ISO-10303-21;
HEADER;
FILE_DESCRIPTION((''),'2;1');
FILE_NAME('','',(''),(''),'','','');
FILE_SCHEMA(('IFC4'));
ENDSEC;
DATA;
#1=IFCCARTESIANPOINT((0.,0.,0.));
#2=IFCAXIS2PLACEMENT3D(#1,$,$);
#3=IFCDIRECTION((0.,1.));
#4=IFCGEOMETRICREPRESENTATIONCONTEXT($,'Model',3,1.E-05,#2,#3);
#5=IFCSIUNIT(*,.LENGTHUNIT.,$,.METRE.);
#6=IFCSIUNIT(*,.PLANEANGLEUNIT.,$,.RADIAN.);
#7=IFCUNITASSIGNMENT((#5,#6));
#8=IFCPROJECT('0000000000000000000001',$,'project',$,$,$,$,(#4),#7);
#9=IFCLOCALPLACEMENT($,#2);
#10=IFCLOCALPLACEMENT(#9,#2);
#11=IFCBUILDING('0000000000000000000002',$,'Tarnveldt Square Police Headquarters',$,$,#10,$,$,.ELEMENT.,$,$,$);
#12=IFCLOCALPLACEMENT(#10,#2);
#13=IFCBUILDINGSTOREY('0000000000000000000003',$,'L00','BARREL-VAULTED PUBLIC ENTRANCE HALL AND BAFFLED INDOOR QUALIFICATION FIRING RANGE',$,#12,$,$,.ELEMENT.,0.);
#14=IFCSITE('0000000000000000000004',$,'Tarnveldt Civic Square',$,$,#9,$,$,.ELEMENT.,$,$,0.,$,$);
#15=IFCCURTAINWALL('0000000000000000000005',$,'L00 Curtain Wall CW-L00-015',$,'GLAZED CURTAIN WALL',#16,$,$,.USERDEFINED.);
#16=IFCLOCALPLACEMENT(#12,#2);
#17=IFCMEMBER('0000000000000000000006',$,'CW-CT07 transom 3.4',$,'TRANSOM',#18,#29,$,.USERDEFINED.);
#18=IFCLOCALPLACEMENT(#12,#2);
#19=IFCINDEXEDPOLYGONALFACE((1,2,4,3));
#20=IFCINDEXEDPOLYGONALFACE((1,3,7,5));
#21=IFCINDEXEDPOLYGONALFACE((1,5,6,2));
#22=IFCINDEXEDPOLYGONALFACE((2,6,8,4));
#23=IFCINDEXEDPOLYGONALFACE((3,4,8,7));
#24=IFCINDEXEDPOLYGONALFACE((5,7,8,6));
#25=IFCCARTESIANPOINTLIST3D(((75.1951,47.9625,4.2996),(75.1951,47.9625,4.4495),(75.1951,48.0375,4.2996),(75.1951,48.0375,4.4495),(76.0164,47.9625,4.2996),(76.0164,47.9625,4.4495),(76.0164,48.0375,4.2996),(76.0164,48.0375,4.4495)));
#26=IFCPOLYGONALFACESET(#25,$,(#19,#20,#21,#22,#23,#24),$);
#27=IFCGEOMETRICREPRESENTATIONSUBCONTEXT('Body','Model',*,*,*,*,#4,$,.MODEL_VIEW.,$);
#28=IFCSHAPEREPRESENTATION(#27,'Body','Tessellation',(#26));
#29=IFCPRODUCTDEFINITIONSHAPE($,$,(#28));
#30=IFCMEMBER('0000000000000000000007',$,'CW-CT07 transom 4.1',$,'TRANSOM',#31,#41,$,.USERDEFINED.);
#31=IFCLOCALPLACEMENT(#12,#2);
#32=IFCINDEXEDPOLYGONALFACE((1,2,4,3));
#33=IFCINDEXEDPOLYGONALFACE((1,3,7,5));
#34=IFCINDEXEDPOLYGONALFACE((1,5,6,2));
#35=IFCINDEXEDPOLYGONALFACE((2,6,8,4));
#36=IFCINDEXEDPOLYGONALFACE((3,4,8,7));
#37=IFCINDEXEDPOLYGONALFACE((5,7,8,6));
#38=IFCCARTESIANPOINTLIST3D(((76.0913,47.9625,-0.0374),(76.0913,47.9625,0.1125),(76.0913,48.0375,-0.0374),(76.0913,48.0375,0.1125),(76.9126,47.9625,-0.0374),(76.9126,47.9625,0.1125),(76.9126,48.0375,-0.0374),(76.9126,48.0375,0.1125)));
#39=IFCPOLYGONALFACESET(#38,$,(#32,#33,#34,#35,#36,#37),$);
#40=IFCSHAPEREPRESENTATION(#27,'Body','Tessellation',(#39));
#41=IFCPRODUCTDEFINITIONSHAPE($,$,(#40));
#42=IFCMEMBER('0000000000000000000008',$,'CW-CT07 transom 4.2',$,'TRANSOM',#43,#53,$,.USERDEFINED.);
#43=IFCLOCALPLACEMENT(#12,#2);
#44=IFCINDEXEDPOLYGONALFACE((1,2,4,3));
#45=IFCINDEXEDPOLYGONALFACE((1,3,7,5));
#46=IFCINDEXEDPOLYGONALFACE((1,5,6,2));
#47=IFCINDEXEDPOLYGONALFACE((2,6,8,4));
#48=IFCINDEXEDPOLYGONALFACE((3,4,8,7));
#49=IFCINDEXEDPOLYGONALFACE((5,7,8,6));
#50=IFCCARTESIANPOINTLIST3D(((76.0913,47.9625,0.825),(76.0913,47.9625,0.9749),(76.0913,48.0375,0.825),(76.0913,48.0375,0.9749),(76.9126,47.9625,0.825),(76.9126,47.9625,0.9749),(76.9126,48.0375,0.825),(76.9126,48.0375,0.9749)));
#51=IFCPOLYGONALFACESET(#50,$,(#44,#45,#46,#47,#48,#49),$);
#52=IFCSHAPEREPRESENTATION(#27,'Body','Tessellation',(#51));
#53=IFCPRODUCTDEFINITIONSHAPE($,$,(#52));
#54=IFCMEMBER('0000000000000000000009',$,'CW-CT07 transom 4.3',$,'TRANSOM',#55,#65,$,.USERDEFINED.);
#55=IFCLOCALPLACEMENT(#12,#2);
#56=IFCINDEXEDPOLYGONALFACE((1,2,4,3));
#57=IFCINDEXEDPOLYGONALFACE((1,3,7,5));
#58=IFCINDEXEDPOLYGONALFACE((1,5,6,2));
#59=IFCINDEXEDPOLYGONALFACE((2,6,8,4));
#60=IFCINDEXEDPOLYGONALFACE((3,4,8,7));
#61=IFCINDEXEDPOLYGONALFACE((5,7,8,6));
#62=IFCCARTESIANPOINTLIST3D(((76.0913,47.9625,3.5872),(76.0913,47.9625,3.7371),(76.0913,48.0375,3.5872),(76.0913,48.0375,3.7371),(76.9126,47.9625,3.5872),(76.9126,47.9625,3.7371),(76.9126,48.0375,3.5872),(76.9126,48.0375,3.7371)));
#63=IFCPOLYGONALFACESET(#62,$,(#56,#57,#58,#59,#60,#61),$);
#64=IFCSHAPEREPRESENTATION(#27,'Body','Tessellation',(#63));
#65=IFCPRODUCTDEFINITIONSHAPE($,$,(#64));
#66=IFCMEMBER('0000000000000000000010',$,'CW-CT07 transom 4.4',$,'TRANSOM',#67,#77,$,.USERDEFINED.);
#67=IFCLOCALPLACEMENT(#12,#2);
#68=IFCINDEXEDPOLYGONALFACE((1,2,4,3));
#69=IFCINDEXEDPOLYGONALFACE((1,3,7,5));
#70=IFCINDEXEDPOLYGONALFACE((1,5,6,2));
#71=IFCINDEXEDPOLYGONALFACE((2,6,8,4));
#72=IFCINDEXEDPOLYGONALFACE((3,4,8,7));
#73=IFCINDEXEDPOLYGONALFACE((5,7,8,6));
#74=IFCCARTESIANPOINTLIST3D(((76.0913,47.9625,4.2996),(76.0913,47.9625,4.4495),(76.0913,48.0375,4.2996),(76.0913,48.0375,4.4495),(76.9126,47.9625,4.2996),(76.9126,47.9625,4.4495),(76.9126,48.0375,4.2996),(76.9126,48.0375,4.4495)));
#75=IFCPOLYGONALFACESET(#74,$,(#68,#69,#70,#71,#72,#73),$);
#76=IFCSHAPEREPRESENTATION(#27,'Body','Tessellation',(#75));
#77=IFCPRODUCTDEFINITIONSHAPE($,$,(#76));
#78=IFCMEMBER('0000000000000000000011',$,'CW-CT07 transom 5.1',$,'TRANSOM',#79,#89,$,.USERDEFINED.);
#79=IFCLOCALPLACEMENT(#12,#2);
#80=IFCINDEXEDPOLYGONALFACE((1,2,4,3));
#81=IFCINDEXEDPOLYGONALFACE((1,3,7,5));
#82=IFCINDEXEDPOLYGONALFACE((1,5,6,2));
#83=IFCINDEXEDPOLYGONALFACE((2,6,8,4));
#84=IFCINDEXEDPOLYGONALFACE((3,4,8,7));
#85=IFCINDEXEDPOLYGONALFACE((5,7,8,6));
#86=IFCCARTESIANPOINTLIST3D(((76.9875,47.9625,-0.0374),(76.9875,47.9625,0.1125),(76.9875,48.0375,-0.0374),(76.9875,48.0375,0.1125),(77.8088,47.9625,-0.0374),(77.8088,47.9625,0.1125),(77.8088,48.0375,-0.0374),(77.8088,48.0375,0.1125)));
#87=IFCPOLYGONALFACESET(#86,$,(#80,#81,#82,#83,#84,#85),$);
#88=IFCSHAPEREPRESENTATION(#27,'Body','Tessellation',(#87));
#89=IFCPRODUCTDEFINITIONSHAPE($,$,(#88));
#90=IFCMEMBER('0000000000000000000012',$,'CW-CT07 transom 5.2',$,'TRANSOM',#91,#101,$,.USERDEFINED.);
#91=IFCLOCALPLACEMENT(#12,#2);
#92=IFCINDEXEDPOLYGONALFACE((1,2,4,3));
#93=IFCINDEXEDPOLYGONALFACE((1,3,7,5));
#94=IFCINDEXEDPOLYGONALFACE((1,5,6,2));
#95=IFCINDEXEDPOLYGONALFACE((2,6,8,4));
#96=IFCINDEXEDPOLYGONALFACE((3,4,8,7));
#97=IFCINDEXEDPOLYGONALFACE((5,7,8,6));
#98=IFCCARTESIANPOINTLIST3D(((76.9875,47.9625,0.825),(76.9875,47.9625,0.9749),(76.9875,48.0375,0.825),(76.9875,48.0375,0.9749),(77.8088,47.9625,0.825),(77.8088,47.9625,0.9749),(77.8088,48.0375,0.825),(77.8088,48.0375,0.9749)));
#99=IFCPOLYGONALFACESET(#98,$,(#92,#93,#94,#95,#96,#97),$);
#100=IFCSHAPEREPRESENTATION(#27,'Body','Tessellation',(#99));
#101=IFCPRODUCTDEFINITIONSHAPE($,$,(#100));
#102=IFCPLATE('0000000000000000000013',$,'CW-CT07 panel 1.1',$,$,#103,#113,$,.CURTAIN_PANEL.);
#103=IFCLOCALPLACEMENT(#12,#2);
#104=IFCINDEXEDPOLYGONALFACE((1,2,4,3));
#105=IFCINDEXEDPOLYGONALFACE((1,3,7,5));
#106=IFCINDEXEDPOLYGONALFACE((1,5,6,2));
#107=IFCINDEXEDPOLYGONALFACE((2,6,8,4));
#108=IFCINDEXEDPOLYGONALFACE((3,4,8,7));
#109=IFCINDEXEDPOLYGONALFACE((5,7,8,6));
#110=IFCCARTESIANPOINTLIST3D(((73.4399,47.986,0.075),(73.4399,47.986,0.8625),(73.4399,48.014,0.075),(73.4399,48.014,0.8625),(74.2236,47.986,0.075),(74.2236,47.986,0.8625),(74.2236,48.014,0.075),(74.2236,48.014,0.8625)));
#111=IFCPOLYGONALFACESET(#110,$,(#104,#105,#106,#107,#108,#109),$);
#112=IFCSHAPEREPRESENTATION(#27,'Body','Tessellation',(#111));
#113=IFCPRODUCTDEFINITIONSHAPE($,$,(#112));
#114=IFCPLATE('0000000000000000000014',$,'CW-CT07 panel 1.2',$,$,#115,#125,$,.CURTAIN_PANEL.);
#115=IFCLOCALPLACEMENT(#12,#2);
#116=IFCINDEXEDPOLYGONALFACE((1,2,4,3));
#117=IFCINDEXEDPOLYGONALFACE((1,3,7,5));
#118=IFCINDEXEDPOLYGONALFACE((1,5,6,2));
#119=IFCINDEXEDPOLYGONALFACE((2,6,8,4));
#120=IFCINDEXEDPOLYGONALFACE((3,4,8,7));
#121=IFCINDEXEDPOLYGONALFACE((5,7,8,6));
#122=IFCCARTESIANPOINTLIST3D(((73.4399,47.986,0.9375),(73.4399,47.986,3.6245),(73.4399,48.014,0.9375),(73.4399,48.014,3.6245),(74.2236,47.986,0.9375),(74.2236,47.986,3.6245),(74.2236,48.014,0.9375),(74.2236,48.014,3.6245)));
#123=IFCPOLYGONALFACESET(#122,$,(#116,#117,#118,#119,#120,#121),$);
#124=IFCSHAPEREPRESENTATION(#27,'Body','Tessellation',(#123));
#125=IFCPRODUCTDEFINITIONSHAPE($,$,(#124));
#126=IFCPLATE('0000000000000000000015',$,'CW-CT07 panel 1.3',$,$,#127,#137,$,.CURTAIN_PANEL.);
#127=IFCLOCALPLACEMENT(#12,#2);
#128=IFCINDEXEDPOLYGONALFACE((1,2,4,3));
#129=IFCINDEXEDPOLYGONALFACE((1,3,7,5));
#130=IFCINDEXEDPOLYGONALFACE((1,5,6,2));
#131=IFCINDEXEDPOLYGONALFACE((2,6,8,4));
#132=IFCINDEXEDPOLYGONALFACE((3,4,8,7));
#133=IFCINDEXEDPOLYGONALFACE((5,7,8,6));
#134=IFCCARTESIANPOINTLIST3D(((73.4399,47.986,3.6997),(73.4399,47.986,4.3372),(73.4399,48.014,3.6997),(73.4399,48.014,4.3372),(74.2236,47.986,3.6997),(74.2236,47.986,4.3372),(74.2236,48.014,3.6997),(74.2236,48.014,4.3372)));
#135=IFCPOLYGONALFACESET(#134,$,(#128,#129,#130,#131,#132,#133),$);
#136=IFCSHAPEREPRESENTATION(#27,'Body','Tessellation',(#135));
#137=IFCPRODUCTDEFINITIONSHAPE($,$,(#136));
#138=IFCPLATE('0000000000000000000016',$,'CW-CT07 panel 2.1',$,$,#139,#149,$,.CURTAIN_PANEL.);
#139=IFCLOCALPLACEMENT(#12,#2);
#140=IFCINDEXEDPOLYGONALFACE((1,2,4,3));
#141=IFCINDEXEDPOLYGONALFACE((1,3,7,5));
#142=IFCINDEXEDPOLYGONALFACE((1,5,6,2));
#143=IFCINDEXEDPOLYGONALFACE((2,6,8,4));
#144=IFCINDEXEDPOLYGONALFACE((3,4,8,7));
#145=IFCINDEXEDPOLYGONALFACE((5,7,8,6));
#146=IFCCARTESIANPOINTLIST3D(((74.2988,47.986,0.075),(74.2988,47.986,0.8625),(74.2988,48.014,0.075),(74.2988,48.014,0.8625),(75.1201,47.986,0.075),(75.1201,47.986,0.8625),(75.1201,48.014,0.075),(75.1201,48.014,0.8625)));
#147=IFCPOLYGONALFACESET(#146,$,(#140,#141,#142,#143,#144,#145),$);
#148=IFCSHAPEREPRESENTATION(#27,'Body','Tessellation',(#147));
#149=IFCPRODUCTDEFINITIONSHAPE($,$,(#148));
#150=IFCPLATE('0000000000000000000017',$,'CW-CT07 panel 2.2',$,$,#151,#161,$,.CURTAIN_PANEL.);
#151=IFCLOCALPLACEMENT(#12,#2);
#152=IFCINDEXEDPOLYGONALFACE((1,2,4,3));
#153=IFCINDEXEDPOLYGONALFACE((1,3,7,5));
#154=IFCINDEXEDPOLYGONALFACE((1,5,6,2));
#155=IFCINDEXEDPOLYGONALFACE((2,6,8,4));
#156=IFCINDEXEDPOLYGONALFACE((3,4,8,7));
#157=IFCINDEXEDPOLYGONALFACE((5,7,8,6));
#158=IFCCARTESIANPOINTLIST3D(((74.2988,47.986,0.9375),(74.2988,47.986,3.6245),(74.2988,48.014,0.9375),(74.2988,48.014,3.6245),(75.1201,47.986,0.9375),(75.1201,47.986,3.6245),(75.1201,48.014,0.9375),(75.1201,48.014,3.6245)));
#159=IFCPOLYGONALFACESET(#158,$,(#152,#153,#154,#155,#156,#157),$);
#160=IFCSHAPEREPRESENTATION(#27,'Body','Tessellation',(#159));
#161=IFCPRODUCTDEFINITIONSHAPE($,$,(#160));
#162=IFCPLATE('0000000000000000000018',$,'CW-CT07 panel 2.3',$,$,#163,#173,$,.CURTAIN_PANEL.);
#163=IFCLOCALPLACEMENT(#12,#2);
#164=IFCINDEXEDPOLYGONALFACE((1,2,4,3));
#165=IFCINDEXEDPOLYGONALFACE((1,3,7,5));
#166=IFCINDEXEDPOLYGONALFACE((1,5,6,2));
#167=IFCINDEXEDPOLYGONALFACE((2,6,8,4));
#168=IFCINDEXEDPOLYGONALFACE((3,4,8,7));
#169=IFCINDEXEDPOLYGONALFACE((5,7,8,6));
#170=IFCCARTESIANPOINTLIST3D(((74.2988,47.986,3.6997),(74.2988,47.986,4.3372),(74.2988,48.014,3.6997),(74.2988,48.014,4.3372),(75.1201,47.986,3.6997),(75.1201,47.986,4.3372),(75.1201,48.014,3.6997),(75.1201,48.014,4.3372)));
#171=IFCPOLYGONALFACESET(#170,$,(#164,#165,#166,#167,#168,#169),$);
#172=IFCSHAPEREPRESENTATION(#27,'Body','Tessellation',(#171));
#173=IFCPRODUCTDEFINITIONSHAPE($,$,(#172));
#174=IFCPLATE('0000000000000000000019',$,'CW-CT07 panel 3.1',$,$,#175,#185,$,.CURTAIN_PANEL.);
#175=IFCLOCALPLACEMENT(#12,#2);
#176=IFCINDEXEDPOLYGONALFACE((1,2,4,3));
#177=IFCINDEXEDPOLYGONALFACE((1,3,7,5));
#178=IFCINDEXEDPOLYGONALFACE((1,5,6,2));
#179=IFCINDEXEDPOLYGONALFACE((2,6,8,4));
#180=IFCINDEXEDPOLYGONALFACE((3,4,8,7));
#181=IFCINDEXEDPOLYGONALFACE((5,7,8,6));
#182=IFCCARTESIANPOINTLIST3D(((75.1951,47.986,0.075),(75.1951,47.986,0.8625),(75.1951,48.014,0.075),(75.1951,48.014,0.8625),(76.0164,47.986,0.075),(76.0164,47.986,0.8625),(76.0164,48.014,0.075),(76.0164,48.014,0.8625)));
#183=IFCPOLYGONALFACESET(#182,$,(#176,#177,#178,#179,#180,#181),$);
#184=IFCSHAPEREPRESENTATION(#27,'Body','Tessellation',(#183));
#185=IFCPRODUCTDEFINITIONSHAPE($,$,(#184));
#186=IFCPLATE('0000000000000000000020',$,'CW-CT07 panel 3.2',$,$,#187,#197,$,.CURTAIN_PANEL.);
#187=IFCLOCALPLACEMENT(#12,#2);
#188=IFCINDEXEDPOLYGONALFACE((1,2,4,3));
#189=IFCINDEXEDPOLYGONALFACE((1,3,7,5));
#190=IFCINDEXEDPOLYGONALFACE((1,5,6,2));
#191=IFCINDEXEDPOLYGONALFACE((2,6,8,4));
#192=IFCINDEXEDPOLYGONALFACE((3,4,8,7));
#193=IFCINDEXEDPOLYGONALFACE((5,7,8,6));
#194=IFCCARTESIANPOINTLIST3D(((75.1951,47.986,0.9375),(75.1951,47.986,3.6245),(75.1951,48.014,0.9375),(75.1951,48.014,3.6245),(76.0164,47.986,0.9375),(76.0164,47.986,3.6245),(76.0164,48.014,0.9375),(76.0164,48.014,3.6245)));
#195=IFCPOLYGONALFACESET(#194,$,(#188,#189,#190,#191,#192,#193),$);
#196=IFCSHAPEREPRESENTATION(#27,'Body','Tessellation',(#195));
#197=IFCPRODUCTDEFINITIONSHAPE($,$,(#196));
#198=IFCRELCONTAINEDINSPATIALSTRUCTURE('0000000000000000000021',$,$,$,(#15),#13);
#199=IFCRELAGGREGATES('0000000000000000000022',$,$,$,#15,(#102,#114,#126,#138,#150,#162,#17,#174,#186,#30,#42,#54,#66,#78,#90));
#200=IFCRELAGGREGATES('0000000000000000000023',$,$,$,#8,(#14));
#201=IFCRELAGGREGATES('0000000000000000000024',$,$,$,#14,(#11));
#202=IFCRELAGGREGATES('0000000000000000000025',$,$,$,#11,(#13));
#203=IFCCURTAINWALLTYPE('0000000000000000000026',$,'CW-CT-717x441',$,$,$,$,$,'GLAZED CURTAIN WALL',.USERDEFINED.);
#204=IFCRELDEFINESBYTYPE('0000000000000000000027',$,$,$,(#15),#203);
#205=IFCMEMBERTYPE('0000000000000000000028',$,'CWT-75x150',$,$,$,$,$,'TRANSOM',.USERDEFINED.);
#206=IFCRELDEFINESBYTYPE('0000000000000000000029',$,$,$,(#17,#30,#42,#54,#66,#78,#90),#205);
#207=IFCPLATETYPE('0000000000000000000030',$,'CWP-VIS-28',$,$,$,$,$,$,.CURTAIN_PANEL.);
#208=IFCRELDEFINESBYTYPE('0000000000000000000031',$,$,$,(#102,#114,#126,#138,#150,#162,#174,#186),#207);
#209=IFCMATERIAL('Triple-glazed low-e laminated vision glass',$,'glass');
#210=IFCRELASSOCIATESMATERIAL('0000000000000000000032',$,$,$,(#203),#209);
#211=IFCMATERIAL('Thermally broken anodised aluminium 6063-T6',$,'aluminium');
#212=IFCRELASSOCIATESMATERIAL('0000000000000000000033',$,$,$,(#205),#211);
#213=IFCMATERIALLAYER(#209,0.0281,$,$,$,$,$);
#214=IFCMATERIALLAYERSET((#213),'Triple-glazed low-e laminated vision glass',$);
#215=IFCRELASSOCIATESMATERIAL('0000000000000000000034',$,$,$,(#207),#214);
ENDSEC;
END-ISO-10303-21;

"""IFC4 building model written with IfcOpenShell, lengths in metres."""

from ifc_helpers import new_model, si_unit, direction, frame, origin, origin_2d, place, context, subcontext, project, spatial, rectangle, extrude, material, layer, layer_set, material_profile, profile_set, type_object, element, aggregate, save


model = new_model("IFC4")

# Units and contexts
model_context = context("Model", 3, precision=1e-05, world=origin(), true_north=direction((0.0, 1.0)))
body_context = subcontext(model_context, "Body", "Model", "MODEL_VIEW")
ifc_project = project(units=[si_unit("LENGTHUNIT", "METRE"), si_unit("PLANEANGLEUNIT", "RADIAN")], contexts=[model_context])

# Site, building, storey
site_placement = place(None, origin())
site = spatial("IfcSite", under=ifc_project, at=site_placement, Name="Tarnveldt Civic Square", CompositionType="ELEMENT", RefElevation=0.0)
building_placement = place(site_placement, origin())
building = spatial("IfcBuilding", under=site, at=building_placement, Name="Tarnveldt Square Police Headquarters", CompositionType="ELEMENT")
storey_placement = place(building_placement, origin())
storey = spatial("IfcBuildingStorey", under=building, at=storey_placement, Name="L00", Description="BARREL-VAULTED PUBLIC ENTRANCE HALL AND BAFFLED INDOOR QUALIFICATION FIRING RANGE", CompositionType="ELEMENT", Elevation=0.0)

# Curtain wall, members, plates
ifc_material_1 = material(Name="Triple-glazed low-e laminated vision glass", Category="glass")
curtain_wall_type = type_object("IfcCurtainWallType", Name="CW-CT-717x441", ElementType="GLAZED CURTAIN WALL", PredefinedType="USERDEFINED", material=ifc_material_1)
curtain_wall_placement = place(storey_placement, origin())
curtain_wall = element("IfcCurtainWall", 1, at=curtain_wall_placement, inside=storey, type_object=curtain_wall_type, Name="L00 Curtain Wall CW-L00-015", ObjectType="GLAZED CURTAIN WALL", PredefinedType="USERDEFINED")
ifc_material_2 = material(Name="Thermally broken anodised aluminium 6063-T6", Category="aluminium")
ifc_material_profile_1 = material_profile(ifc_material_2, rectangle(XDim=0.075, YDim=0.1499, at=origin_2d()), Name="CW-T75x150")
ifc_profile_set_1 = profile_set([ifc_material_profile_1], Name="Thermally broken anodised aluminium 6063-T6")
member_type_1 = type_object("IfcMemberType", Name="CWT-75x150", ElementType="TRANSOM", PredefinedType="USERDEFINED", material=ifc_profile_set_1)
member_1_placement = place(storey_placement, frame((75.1951, 48.0, 4.3745), z_axis=(1.0, 0.0, 0.0), x_axis=(0.0, 1.0, 0.0)))
member_1 = element("IfcMember", 2, at=member_1_placement, type_object=member_type_1, Name="CW-CT07 transom 3.4", ObjectType="TRANSOM", PredefinedType="USERDEFINED", context=body_context, shape_type="SweptSolid", body=[
    extrude(rectangle(XDim=0.075, YDim=0.1499, at=origin_2d()), origin(), (0.0, 0.0, 1.0), 0.8213),
])
member_2_placement = place(storey_placement, frame((76.0913, 48.0, 0.0376), z_axis=(1.0, 0.0, 0.0), x_axis=(0.0, 1.0, 0.0)))
member_2 = element("IfcMember", 3, at=member_2_placement, type_object=member_type_1, Name="CW-CT07 transom 4.1", ObjectType="TRANSOM", PredefinedType="USERDEFINED", context=body_context, shape_type="SweptSolid", body=[
    extrude(rectangle(XDim=0.075, YDim=0.1499, at=origin_2d()), origin(), (0.0, 0.0, 1.0), 0.8213),
])
member_3_placement = place(storey_placement, frame((76.0913, 48.0, 0.8999), z_axis=(1.0, 0.0, 0.0), x_axis=(0.0, 1.0, 0.0)))
member_3 = element("IfcMember", 4, at=member_3_placement, type_object=member_type_1, Name="CW-CT07 transom 4.2", ObjectType="TRANSOM", PredefinedType="USERDEFINED", context=body_context, shape_type="SweptSolid", body=[
    extrude(rectangle(XDim=0.075, YDim=0.1499, at=origin_2d()), origin(), (0.0, 0.0, 1.0), 0.8213),
])
member_4_placement = place(storey_placement, frame((76.0913, 48.0, 3.6621), z_axis=(1.0, 0.0, 0.0), x_axis=(0.0, 1.0, 0.0)))
member_4 = element("IfcMember", 5, at=member_4_placement, type_object=member_type_1, Name="CW-CT07 transom 4.3", ObjectType="TRANSOM", PredefinedType="USERDEFINED", context=body_context, shape_type="SweptSolid", body=[
    extrude(rectangle(XDim=0.075, YDim=0.1499, at=origin_2d()), origin(), (0.0, 0.0, 1.0), 0.8213),
])
member_5_placement = place(storey_placement, frame((76.0913, 48.0, 4.3745), z_axis=(1.0, 0.0, 0.0), x_axis=(0.0, 1.0, 0.0)))
member_5 = element("IfcMember", 6, at=member_5_placement, type_object=member_type_1, Name="CW-CT07 transom 4.4", ObjectType="TRANSOM", PredefinedType="USERDEFINED", context=body_context, shape_type="SweptSolid", body=[
    extrude(rectangle(XDim=0.075, YDim=0.1499, at=origin_2d()), origin(), (0.0, 0.0, 1.0), 0.8213),
])
member_6_placement = place(storey_placement, frame((76.9875, 48.0, 0.0376), z_axis=(1.0, 0.0, 0.0), x_axis=(0.0, 1.0, 0.0)))
member_6 = element("IfcMember", 7, at=member_6_placement, type_object=member_type_1, Name="CW-CT07 transom 5.1", ObjectType="TRANSOM", PredefinedType="USERDEFINED", context=body_context, shape_type="SweptSolid", body=[
    extrude(rectangle(XDim=0.075, YDim=0.1499, at=origin_2d()), origin(), (0.0, 0.0, 1.0), 0.8213),
])
member_7_placement = place(storey_placement, frame((76.9875, 48.0, 0.8999), z_axis=(1.0, 0.0, 0.0), x_axis=(0.0, 1.0, 0.0)))
member_7 = element("IfcMember", 8, at=member_7_placement, type_object=member_type_1, Name="CW-CT07 transom 5.2", ObjectType="TRANSOM", PredefinedType="USERDEFINED", context=body_context, shape_type="SweptSolid", body=[
    extrude(rectangle(XDim=0.075, YDim=0.1499, at=origin_2d()), origin(), (0.0, 0.0, 1.0), 0.8213),
])
ifc_layer = layer(ifc_material_1, 0.0281)
ifc_layer_set = layer_set([ifc_layer], Name="Triple-glazed low-e laminated vision glass")
plate_type = type_object("IfcPlateType", Name="CWP-VIS-28", PredefinedType="CURTAIN_PANEL", material=ifc_layer_set)
plate_1_placement = place(storey_placement, frame((73.8318, 48.0, 0.075), z_axis=(0.0, 0.0, 1.0), x_axis=(1.0, 0.0, 0.0)))
plate_1 = element("IfcPlate", 9, at=plate_1_placement, type_object=plate_type, Name="CW-CT07 panel 1.1", PredefinedType="CURTAIN_PANEL", context=body_context, shape_type="SweptSolid", body=[
    extrude(rectangle(XDim=0.7837, YDim=0.0281, at=origin_2d()), origin(), (0.0, 0.0, 1.0), 0.7876),
])
plate_2_placement = place(storey_placement, frame((73.8318, 48.0, 0.9375), z_axis=(0.0, 0.0, 1.0), x_axis=(1.0, 0.0, 0.0)))
plate_2 = element("IfcPlate", 10, at=plate_2_placement, type_object=plate_type, Name="CW-CT07 panel 1.2", PredefinedType="CURTAIN_PANEL", context=body_context, shape_type="SweptSolid", body=[
    extrude(rectangle(XDim=0.7837, YDim=0.0281, at=origin_2d()), origin(), (0.0, 0.0, 1.0), 2.687),
])
plate_3_placement = place(storey_placement, frame((73.8318, 48.0, 3.6997), z_axis=(0.0, 0.0, 1.0), x_axis=(1.0, 0.0, 0.0)))
plate_3 = element("IfcPlate", 11, at=plate_3_placement, type_object=plate_type, Name="CW-CT07 panel 1.3", PredefinedType="CURTAIN_PANEL", context=body_context, shape_type="SweptSolid", body=[
    extrude(rectangle(XDim=0.7837, YDim=0.0281, at=origin_2d()), origin(), (0.0, 0.0, 1.0), 0.6375),
])
plate_4_placement = place(storey_placement, frame((74.7095, 48.0, 0.075), z_axis=(0.0, 0.0, 1.0), x_axis=(1.0, 0.0, 0.0)))
plate_4 = element("IfcPlate", 12, at=plate_4_placement, type_object=plate_type, Name="CW-CT07 panel 2.1", PredefinedType="CURTAIN_PANEL", context=body_context, shape_type="SweptSolid", body=[
    extrude(rectangle(XDim=0.8213, YDim=0.0281, at=origin_2d()), origin(), (0.0, 0.0, 1.0), 0.7876),
])
plate_5_placement = place(storey_placement, frame((74.7095, 48.0, 0.9375), z_axis=(0.0, 0.0, 1.0), x_axis=(1.0, 0.0, 0.0)))
plate_5 = element("IfcPlate", 13, at=plate_5_placement, type_object=plate_type, Name="CW-CT07 panel 2.2", PredefinedType="CURTAIN_PANEL", context=body_context, shape_type="SweptSolid", body=[
    extrude(rectangle(XDim=0.8213, YDim=0.0281, at=origin_2d()), origin(), (0.0, 0.0, 1.0), 2.687),
])
plate_6_placement = place(storey_placement, frame((74.7095, 48.0, 3.6997), z_axis=(0.0, 0.0, 1.0), x_axis=(1.0, 0.0, 0.0)))
plate_6 = element("IfcPlate", 14, at=plate_6_placement, type_object=plate_type, Name="CW-CT07 panel 2.3", PredefinedType="CURTAIN_PANEL", context=body_context, shape_type="SweptSolid", body=[
    extrude(rectangle(XDim=0.8213, YDim=0.0281, at=origin_2d()), origin(), (0.0, 0.0, 1.0), 0.6375),
])
plate_7_placement = place(storey_placement, frame((75.6057, 48.0, 0.075), z_axis=(0.0, 0.0, 1.0), x_axis=(1.0, 0.0, 0.0)))
plate_7 = element("IfcPlate", 15, at=plate_7_placement, type_object=plate_type, Name="CW-CT07 panel 3.1", PredefinedType="CURTAIN_PANEL", context=body_context, shape_type="SweptSolid", body=[
    extrude(rectangle(XDim=0.8213, YDim=0.0281, at=origin_2d()), origin(), (0.0, 0.0, 1.0), 0.7876),
])
plate_8_placement = place(storey_placement, frame((75.6057, 48.0, 0.9375), z_axis=(0.0, 0.0, 1.0), x_axis=(1.0, 0.0, 0.0)))
plate_8 = element("IfcPlate", 16, at=plate_8_placement, type_object=plate_type, Name="CW-CT07 panel 3.2", PredefinedType="CURTAIN_PANEL", context=body_context, shape_type="SweptSolid", body=[
    extrude(rectangle(XDim=0.8213, YDim=0.0281, at=origin_2d()), origin(), (0.0, 0.0, 1.0), 2.687),
])
aggregate(curtain_wall, [plate_1, plate_2, plate_3, plate_4, plate_5, plate_6, member_1, plate_7, plate_8, member_2, member_3, member_4, member_5, member_6, member_7])

save(model, "model.ifc")
